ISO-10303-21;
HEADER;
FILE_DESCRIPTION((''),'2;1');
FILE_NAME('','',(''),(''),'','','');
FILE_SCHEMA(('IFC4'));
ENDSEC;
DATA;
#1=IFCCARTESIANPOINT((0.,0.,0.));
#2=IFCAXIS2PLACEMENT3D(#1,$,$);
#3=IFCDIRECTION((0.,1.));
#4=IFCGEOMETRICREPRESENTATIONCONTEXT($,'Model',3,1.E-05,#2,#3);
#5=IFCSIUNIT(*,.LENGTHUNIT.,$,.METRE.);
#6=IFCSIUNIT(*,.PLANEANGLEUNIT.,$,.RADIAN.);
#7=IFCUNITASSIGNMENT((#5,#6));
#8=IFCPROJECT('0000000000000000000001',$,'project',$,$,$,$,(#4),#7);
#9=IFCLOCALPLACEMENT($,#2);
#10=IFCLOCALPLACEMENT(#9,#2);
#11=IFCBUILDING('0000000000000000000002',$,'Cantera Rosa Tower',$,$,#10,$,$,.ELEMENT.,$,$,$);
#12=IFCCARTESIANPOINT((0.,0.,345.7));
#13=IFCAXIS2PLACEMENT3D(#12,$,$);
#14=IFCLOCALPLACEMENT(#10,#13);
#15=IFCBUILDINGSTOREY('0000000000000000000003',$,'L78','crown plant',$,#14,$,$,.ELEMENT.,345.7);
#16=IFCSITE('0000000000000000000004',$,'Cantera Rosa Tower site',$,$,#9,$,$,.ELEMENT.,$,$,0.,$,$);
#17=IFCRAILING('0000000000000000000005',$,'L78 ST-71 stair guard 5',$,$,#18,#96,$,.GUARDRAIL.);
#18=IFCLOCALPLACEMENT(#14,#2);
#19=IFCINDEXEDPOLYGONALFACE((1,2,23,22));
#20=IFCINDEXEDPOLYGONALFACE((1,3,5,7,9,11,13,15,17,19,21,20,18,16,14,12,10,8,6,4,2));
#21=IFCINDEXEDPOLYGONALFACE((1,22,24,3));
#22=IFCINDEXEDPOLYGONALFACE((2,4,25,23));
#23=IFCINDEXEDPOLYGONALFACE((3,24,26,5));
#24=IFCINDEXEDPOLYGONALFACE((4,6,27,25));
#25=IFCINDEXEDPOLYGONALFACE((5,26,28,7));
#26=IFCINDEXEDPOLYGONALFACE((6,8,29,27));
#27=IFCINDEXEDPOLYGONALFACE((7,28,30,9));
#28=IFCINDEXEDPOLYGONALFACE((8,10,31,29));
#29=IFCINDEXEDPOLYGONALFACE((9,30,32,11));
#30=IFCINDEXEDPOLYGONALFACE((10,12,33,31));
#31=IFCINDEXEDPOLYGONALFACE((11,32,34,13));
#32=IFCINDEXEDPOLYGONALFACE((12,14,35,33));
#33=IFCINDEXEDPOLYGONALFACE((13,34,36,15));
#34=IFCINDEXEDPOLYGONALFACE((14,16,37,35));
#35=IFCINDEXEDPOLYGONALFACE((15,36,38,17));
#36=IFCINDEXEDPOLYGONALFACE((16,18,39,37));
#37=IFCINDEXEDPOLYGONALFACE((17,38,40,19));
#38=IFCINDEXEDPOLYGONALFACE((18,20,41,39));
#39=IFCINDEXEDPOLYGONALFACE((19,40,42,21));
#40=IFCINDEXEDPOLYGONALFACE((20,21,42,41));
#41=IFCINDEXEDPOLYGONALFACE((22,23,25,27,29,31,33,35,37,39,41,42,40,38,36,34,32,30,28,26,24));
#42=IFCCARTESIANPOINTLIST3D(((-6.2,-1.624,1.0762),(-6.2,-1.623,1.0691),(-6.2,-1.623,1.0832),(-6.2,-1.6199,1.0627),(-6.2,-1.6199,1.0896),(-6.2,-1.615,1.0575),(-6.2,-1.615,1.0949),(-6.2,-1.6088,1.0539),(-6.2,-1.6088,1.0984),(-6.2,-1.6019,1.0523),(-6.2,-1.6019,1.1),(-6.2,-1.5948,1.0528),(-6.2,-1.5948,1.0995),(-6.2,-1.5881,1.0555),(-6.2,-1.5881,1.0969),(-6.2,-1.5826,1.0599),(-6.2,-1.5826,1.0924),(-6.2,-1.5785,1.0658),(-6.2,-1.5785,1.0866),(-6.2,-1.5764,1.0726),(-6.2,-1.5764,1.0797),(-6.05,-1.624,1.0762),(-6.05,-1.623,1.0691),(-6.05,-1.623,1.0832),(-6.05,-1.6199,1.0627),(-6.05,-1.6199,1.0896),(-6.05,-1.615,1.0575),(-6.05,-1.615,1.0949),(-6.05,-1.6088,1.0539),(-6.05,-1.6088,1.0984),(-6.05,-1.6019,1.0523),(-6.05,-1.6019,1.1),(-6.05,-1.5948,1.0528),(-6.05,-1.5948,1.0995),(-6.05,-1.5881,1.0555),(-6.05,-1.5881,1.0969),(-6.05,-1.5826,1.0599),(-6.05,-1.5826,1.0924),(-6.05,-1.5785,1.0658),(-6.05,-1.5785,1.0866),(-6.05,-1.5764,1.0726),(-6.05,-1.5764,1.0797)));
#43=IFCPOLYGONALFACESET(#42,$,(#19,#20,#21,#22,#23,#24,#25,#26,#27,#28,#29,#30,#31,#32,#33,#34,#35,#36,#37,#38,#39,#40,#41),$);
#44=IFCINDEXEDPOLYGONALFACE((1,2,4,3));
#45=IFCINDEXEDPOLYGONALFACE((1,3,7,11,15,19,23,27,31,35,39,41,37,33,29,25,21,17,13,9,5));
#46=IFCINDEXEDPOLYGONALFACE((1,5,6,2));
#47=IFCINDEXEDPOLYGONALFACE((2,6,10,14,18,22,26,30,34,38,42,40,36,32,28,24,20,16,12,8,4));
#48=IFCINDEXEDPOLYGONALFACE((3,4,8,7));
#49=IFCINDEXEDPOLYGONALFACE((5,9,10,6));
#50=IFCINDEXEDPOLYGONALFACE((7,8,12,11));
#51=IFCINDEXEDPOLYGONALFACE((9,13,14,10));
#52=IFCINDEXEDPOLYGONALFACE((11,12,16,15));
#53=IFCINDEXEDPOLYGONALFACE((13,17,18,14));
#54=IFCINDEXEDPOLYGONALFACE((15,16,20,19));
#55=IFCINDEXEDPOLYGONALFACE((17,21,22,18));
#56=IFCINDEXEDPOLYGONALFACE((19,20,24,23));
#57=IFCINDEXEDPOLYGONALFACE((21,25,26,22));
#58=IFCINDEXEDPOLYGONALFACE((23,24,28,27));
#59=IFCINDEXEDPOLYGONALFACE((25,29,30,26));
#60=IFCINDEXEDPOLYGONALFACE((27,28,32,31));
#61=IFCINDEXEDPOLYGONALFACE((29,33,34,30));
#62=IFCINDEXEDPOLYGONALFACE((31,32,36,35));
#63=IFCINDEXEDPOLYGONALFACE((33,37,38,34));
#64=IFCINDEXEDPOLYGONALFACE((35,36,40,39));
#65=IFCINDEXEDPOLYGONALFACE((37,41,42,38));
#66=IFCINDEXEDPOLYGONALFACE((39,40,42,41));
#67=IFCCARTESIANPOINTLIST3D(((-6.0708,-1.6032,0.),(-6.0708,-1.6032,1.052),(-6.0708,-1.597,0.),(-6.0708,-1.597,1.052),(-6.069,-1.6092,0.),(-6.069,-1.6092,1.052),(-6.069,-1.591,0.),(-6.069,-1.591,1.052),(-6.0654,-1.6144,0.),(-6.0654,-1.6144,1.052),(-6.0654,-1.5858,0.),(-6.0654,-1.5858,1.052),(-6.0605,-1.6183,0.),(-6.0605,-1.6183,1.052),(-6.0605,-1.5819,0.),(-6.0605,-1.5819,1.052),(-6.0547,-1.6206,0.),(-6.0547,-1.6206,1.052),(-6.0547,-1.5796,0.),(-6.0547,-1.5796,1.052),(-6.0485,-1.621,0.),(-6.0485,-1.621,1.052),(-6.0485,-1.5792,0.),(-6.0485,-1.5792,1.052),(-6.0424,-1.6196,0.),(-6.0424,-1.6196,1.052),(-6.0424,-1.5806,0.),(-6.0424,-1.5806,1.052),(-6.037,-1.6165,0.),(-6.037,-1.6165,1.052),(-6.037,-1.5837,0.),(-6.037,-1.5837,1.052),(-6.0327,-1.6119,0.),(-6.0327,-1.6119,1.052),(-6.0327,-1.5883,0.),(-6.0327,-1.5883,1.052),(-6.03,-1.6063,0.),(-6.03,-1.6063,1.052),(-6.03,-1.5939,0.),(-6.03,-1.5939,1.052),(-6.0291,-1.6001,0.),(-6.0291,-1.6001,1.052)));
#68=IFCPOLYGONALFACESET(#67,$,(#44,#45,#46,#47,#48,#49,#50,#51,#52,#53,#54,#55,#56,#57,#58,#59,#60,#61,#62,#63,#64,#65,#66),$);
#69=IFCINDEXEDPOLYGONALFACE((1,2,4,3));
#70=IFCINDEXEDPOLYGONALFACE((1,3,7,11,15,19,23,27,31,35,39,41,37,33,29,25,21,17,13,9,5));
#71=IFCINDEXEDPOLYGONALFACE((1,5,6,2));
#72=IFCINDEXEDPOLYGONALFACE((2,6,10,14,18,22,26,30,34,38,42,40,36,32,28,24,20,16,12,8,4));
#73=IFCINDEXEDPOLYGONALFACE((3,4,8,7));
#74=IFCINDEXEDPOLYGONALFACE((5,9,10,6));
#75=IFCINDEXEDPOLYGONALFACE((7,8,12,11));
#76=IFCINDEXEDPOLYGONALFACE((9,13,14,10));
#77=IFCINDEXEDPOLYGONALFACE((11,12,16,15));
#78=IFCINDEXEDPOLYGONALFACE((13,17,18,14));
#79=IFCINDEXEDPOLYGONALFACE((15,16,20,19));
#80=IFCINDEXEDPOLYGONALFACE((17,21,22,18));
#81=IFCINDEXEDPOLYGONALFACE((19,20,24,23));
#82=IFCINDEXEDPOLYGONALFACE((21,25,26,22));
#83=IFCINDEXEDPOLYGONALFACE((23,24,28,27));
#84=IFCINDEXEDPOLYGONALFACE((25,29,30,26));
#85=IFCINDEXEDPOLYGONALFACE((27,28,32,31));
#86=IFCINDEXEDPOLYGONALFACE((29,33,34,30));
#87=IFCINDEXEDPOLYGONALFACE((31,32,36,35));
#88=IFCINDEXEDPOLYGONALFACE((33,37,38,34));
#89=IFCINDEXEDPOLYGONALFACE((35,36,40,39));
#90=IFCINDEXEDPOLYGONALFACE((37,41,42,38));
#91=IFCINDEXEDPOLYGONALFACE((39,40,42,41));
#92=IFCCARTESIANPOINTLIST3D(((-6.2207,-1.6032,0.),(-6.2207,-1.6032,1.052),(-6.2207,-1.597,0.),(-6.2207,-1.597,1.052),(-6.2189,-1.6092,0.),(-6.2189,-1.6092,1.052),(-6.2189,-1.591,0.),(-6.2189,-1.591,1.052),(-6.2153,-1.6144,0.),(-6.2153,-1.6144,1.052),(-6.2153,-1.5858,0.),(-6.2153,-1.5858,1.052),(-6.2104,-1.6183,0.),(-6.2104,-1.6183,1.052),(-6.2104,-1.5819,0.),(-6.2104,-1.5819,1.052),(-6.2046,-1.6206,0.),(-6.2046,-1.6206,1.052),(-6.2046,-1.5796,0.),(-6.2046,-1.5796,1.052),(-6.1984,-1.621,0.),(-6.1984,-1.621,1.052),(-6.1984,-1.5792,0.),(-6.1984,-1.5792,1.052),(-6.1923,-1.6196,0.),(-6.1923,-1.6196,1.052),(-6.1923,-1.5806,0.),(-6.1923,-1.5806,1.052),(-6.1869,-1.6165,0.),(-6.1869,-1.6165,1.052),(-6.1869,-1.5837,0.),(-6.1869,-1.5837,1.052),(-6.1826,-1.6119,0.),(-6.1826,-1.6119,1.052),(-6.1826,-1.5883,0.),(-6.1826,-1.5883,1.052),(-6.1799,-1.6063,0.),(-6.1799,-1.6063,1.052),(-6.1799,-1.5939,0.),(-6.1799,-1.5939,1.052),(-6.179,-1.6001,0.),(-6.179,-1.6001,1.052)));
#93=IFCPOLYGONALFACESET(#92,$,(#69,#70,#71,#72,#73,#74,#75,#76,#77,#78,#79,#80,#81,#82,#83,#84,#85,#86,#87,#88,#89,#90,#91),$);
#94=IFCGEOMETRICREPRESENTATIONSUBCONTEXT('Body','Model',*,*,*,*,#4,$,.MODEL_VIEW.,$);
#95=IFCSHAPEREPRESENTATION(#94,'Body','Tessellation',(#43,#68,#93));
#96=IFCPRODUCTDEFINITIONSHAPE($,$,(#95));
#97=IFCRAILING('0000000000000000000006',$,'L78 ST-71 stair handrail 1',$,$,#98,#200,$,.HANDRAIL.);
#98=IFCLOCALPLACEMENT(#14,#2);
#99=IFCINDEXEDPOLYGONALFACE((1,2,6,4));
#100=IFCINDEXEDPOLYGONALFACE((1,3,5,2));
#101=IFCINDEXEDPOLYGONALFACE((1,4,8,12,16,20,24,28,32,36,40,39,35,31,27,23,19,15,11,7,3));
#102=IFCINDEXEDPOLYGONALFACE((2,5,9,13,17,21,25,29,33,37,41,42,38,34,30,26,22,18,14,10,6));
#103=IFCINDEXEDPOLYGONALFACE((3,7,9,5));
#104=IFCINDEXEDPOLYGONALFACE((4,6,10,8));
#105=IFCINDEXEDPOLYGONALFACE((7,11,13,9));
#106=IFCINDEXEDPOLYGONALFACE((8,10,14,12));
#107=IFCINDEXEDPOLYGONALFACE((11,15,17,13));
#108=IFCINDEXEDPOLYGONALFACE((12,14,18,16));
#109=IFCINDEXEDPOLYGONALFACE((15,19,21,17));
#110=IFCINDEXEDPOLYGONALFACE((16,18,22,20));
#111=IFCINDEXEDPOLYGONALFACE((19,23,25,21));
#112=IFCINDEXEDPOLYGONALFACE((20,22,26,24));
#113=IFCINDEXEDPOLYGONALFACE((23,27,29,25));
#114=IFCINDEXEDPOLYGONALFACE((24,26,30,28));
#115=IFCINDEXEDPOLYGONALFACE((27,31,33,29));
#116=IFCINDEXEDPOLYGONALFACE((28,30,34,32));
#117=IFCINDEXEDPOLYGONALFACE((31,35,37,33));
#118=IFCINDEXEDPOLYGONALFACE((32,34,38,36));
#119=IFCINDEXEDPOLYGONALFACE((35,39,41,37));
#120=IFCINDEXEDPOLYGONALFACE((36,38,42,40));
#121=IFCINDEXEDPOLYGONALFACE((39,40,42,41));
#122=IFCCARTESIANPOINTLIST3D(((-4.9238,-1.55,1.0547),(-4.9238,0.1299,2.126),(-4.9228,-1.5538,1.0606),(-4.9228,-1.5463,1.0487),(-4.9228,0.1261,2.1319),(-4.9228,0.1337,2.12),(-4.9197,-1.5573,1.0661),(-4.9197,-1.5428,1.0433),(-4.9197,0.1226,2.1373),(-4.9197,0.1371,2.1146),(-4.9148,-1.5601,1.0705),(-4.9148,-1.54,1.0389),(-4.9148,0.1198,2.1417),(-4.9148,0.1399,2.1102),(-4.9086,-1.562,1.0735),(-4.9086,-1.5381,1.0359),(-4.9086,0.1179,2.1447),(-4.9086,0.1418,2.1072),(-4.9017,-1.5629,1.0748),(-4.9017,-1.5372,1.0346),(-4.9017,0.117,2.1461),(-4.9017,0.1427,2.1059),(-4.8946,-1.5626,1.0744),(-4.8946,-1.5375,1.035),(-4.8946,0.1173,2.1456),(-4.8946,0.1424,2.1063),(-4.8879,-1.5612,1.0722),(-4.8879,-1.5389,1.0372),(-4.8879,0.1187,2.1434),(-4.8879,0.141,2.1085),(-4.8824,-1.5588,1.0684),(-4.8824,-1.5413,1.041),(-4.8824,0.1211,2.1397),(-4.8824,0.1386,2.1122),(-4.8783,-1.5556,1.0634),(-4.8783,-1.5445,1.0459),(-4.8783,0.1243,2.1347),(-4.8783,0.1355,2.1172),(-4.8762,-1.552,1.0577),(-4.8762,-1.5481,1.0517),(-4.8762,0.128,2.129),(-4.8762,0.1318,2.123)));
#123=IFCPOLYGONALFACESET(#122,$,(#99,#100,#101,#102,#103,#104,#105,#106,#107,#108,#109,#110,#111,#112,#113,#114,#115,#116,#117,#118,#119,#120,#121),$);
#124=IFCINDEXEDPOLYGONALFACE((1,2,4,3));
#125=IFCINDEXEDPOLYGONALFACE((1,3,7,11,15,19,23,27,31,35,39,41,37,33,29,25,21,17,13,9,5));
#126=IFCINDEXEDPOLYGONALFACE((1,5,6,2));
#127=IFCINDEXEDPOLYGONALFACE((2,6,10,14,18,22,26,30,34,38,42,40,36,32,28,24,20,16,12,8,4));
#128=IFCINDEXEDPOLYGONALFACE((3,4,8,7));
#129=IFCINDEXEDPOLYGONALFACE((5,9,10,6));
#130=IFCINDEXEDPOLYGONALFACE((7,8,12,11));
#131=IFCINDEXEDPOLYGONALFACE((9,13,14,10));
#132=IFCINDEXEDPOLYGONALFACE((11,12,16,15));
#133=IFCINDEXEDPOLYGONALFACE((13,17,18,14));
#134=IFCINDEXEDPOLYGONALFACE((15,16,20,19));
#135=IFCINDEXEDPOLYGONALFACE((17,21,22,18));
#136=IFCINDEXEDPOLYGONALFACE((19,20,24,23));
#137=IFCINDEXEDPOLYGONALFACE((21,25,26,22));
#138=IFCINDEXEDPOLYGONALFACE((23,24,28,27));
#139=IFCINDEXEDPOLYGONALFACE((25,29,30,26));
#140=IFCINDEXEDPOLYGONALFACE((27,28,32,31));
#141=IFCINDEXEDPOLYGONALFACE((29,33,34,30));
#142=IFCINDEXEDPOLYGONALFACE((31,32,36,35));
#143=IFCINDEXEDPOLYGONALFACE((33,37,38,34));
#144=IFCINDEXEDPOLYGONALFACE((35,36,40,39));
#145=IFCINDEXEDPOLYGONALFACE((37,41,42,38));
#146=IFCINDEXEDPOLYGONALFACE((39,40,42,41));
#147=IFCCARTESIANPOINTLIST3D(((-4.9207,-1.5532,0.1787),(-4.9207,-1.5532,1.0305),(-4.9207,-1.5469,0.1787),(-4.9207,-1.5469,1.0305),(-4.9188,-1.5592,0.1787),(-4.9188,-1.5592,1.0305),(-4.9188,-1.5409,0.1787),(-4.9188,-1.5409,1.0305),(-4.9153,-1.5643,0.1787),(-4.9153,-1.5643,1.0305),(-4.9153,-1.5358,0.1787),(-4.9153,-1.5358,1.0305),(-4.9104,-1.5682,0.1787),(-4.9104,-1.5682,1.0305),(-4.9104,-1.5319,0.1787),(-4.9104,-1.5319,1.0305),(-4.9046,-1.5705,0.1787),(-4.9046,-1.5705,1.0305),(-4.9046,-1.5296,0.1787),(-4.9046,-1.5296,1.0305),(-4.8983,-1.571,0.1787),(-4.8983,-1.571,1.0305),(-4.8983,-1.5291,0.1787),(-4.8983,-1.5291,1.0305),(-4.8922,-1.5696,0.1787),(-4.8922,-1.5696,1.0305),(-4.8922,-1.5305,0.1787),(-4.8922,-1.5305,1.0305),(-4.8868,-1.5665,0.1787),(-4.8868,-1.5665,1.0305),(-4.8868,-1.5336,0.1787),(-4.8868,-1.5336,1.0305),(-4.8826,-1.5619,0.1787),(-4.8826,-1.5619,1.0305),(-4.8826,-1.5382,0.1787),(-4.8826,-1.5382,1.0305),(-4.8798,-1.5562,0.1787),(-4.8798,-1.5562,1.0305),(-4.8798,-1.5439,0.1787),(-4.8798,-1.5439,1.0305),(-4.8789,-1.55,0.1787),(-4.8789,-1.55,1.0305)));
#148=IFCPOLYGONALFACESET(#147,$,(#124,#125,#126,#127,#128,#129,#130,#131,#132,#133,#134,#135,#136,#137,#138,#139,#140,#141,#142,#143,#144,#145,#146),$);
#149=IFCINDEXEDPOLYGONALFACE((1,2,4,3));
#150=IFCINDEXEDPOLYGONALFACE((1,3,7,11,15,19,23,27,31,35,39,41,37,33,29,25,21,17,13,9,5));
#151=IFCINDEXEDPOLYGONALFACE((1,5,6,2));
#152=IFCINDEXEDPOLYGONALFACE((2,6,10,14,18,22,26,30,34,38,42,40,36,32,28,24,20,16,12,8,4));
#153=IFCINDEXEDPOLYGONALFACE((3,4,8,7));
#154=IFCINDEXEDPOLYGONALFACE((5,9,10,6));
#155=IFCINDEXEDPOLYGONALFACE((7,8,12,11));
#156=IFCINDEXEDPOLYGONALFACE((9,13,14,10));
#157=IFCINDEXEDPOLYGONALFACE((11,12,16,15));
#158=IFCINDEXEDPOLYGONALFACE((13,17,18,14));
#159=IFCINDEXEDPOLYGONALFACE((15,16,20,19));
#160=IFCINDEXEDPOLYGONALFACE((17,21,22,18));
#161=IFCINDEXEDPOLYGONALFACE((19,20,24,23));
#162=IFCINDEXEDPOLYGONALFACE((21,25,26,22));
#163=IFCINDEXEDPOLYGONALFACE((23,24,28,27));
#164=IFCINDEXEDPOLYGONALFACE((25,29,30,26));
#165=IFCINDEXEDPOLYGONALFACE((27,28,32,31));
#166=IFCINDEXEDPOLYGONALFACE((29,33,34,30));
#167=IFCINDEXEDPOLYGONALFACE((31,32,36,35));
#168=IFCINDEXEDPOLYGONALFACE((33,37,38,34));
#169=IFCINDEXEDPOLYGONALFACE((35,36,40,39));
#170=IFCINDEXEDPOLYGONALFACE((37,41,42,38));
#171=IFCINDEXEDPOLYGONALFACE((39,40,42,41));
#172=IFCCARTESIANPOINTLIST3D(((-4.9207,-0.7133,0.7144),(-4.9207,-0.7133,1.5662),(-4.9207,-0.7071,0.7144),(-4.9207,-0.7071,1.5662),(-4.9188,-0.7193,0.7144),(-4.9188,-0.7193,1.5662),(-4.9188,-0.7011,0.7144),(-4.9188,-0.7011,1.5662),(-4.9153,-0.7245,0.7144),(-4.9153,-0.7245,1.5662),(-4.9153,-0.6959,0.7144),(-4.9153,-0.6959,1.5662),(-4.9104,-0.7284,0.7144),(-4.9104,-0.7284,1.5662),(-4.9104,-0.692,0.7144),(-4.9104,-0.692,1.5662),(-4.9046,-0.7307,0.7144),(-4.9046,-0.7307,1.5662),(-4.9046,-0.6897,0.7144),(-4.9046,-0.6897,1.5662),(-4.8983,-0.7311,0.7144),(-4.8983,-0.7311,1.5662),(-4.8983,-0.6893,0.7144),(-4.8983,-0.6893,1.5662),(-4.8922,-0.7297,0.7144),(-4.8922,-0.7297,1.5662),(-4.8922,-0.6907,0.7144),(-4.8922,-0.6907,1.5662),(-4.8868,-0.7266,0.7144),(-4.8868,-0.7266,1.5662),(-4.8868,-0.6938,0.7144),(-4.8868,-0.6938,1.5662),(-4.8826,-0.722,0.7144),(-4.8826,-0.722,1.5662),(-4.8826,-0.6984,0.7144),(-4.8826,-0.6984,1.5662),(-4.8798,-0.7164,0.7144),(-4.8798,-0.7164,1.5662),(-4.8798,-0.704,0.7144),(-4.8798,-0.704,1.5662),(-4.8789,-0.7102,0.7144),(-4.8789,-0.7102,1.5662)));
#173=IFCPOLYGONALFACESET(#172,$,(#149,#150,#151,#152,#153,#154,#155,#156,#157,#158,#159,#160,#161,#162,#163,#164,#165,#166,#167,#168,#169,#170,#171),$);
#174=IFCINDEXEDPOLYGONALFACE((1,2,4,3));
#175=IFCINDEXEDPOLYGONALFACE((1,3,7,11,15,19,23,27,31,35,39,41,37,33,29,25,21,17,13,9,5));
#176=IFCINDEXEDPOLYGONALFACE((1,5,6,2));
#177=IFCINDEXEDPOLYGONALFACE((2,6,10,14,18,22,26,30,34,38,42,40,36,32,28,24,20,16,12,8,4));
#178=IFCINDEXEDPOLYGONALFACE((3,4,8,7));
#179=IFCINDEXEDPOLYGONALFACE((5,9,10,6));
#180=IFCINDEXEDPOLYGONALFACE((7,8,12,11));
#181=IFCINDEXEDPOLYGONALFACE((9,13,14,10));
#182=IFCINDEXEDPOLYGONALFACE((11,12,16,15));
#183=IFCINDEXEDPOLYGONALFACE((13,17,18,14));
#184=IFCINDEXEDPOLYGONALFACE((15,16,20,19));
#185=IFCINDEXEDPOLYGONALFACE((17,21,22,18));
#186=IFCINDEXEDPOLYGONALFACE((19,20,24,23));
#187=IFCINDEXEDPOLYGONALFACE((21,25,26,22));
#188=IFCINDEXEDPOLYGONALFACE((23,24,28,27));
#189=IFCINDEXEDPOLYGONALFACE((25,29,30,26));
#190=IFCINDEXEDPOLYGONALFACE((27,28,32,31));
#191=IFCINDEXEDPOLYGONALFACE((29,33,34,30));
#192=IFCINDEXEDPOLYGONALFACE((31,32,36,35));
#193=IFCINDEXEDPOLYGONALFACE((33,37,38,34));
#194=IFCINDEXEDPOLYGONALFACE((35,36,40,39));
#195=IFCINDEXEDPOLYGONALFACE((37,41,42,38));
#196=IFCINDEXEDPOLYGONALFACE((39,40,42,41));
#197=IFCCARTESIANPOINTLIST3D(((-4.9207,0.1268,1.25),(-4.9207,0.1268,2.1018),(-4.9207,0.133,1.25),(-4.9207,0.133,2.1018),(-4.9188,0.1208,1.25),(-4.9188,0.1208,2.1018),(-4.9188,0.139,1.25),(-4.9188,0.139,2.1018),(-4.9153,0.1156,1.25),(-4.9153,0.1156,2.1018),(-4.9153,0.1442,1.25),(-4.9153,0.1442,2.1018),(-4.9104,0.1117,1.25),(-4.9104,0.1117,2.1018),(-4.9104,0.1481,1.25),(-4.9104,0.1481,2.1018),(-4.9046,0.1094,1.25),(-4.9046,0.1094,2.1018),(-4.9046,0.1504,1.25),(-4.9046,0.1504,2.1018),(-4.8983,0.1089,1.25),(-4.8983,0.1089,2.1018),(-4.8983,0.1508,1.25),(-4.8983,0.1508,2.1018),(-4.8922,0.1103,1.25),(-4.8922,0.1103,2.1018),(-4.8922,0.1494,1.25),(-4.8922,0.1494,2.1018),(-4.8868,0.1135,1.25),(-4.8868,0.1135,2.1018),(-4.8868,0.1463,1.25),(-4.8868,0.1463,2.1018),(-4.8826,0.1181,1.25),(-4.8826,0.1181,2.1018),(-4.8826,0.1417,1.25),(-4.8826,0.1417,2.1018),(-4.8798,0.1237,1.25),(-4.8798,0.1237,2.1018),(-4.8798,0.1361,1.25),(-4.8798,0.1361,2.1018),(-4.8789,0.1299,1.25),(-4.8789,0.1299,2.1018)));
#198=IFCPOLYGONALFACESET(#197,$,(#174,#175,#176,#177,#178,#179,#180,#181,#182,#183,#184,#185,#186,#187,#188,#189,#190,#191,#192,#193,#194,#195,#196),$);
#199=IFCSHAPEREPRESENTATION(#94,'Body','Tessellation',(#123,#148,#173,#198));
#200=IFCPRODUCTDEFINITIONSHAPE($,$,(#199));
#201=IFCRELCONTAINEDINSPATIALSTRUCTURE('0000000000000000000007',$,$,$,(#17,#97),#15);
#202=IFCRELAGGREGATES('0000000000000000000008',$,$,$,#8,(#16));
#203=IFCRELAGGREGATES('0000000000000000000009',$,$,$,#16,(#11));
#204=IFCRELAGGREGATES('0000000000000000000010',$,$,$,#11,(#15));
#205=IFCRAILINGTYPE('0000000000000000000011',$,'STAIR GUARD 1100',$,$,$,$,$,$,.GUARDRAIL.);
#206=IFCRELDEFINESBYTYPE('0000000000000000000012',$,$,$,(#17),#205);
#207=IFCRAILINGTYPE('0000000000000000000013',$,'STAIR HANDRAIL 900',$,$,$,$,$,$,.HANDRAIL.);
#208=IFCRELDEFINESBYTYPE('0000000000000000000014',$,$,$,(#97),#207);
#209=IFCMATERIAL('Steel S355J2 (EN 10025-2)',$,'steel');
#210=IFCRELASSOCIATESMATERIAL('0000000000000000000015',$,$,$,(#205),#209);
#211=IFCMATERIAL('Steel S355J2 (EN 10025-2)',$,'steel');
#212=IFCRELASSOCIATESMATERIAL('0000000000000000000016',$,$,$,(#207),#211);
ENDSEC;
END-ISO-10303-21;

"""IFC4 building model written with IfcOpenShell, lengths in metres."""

from ifc_helpers import new_model, si_unit, direction, frame, origin, origin_2d, place, context, subcontext, project, spatial, circle, extrude, material, type_object, element, save


model = new_model("IFC4")

# Units and contexts
model_context = context("Model", 3, precision=1e-05, world=origin(), true_north=direction((0.0, 1.0)))
body_context = subcontext(model_context, "Body", "Model", "MODEL_VIEW")
ifc_project = project(units=[si_unit("LENGTHUNIT", "METRE"), si_unit("PLANEANGLEUNIT", "RADIAN")], contexts=[model_context])

# Site, building, storey
site_placement = place(None, origin())
site = spatial("IfcSite", under=ifc_project, at=site_placement, Name="Cantera Rosa Tower site", CompositionType="ELEMENT", RefElevation=0.0)
building_placement = place(site_placement, origin())
building = spatial("IfcBuilding", under=site, at=building_placement, Name="Cantera Rosa Tower", CompositionType="ELEMENT")
storey_placement = place(building_placement, frame((0.0, 0.0, 345.7)))
storey = spatial("IfcBuildingStorey", under=building, at=storey_placement, Name="L78", Description="crown plant", CompositionType="ELEMENT", Elevation=345.7)

# Railings
ifc_material_1 = material(Name="Steel S355J2 (EN 10025-2)", Category="steel")
railing_type_1 = type_object("IfcRailingType", Name="STAIR GUARD 1100", PredefinedType="GUARDRAIL", material=ifc_material_1)
railing_1_placement = place(storey_placement, frame((-6.05, -1.6001, 0.0)))
element("IfcRailing", 1, at=railing_1_placement, inside=storey, type_object=railing_type_1, Name="L78 ST-71 stair guard 5", PredefinedType="GUARDRAIL", context=body_context, shape_type="SweptSolid", body=[
    extrude(circle(Radius=0.0239, at=origin_2d()), frame((0.0, 0.0, 1.0762), z_axis=(-1.0, 0.0, 0.0), x_axis=(0.0, -1.0, 0.0)), (0.0, 0.0, 1.0), 0.1499),
    extrude(circle(Radius=0.021, at=origin_2d()), origin(), (0.0, 0.0, 1.0), 1.052),
    extrude(circle(Radius=0.021, at=origin_2d()), frame((-0.1499, 0.0, 0.0)), (0.0, 0.0, 1.0), 1.052),
])
ifc_material_2 = material(Name="Steel S355J2 (EN 10025-2)", Category="steel")
railing_type_2 = type_object("IfcRailingType", Name="STAIR HANDRAIL 900", PredefinedType="HANDRAIL", material=ifc_material_2)
for number, where, name in (
    (2, (-4.8999, -1.55, 0.1787), "L78 ST-71 stair handrail 1"),
):
    element("IfcRailing", number, at=place(storey_placement, frame(where)), inside=storey, type_object=railing_type_2, Name=name, PredefinedType="HANDRAIL", context=body_context, shape_type="SweptSolid", body=[
        extrude(circle(Radius=0.0239, at=origin_2d()), frame((0.0, 0.0, 0.876), z_axis=(0.0, 0.843152, 0.537676), x_axis=(-1.0, 0.0, 0.0)), (0.0, 0.0, 1.0), 1.9924),
        extrude(circle(Radius=0.021, at=origin_2d()), origin(), (0.0, 0.0, 1.0), 0.8518),
        extrude(circle(Radius=0.021, at=origin_2d()), frame((0.0, 0.8398, 0.5356)), (0.0, 0.0, 1.0), 0.8518),
        extrude(circle(Radius=0.021, at=origin_2d()), frame((0.0, 1.6799, 1.0713)), (0.0, 0.0, 1.0), 0.8518),
    ])

save(model, "model.ifc")
